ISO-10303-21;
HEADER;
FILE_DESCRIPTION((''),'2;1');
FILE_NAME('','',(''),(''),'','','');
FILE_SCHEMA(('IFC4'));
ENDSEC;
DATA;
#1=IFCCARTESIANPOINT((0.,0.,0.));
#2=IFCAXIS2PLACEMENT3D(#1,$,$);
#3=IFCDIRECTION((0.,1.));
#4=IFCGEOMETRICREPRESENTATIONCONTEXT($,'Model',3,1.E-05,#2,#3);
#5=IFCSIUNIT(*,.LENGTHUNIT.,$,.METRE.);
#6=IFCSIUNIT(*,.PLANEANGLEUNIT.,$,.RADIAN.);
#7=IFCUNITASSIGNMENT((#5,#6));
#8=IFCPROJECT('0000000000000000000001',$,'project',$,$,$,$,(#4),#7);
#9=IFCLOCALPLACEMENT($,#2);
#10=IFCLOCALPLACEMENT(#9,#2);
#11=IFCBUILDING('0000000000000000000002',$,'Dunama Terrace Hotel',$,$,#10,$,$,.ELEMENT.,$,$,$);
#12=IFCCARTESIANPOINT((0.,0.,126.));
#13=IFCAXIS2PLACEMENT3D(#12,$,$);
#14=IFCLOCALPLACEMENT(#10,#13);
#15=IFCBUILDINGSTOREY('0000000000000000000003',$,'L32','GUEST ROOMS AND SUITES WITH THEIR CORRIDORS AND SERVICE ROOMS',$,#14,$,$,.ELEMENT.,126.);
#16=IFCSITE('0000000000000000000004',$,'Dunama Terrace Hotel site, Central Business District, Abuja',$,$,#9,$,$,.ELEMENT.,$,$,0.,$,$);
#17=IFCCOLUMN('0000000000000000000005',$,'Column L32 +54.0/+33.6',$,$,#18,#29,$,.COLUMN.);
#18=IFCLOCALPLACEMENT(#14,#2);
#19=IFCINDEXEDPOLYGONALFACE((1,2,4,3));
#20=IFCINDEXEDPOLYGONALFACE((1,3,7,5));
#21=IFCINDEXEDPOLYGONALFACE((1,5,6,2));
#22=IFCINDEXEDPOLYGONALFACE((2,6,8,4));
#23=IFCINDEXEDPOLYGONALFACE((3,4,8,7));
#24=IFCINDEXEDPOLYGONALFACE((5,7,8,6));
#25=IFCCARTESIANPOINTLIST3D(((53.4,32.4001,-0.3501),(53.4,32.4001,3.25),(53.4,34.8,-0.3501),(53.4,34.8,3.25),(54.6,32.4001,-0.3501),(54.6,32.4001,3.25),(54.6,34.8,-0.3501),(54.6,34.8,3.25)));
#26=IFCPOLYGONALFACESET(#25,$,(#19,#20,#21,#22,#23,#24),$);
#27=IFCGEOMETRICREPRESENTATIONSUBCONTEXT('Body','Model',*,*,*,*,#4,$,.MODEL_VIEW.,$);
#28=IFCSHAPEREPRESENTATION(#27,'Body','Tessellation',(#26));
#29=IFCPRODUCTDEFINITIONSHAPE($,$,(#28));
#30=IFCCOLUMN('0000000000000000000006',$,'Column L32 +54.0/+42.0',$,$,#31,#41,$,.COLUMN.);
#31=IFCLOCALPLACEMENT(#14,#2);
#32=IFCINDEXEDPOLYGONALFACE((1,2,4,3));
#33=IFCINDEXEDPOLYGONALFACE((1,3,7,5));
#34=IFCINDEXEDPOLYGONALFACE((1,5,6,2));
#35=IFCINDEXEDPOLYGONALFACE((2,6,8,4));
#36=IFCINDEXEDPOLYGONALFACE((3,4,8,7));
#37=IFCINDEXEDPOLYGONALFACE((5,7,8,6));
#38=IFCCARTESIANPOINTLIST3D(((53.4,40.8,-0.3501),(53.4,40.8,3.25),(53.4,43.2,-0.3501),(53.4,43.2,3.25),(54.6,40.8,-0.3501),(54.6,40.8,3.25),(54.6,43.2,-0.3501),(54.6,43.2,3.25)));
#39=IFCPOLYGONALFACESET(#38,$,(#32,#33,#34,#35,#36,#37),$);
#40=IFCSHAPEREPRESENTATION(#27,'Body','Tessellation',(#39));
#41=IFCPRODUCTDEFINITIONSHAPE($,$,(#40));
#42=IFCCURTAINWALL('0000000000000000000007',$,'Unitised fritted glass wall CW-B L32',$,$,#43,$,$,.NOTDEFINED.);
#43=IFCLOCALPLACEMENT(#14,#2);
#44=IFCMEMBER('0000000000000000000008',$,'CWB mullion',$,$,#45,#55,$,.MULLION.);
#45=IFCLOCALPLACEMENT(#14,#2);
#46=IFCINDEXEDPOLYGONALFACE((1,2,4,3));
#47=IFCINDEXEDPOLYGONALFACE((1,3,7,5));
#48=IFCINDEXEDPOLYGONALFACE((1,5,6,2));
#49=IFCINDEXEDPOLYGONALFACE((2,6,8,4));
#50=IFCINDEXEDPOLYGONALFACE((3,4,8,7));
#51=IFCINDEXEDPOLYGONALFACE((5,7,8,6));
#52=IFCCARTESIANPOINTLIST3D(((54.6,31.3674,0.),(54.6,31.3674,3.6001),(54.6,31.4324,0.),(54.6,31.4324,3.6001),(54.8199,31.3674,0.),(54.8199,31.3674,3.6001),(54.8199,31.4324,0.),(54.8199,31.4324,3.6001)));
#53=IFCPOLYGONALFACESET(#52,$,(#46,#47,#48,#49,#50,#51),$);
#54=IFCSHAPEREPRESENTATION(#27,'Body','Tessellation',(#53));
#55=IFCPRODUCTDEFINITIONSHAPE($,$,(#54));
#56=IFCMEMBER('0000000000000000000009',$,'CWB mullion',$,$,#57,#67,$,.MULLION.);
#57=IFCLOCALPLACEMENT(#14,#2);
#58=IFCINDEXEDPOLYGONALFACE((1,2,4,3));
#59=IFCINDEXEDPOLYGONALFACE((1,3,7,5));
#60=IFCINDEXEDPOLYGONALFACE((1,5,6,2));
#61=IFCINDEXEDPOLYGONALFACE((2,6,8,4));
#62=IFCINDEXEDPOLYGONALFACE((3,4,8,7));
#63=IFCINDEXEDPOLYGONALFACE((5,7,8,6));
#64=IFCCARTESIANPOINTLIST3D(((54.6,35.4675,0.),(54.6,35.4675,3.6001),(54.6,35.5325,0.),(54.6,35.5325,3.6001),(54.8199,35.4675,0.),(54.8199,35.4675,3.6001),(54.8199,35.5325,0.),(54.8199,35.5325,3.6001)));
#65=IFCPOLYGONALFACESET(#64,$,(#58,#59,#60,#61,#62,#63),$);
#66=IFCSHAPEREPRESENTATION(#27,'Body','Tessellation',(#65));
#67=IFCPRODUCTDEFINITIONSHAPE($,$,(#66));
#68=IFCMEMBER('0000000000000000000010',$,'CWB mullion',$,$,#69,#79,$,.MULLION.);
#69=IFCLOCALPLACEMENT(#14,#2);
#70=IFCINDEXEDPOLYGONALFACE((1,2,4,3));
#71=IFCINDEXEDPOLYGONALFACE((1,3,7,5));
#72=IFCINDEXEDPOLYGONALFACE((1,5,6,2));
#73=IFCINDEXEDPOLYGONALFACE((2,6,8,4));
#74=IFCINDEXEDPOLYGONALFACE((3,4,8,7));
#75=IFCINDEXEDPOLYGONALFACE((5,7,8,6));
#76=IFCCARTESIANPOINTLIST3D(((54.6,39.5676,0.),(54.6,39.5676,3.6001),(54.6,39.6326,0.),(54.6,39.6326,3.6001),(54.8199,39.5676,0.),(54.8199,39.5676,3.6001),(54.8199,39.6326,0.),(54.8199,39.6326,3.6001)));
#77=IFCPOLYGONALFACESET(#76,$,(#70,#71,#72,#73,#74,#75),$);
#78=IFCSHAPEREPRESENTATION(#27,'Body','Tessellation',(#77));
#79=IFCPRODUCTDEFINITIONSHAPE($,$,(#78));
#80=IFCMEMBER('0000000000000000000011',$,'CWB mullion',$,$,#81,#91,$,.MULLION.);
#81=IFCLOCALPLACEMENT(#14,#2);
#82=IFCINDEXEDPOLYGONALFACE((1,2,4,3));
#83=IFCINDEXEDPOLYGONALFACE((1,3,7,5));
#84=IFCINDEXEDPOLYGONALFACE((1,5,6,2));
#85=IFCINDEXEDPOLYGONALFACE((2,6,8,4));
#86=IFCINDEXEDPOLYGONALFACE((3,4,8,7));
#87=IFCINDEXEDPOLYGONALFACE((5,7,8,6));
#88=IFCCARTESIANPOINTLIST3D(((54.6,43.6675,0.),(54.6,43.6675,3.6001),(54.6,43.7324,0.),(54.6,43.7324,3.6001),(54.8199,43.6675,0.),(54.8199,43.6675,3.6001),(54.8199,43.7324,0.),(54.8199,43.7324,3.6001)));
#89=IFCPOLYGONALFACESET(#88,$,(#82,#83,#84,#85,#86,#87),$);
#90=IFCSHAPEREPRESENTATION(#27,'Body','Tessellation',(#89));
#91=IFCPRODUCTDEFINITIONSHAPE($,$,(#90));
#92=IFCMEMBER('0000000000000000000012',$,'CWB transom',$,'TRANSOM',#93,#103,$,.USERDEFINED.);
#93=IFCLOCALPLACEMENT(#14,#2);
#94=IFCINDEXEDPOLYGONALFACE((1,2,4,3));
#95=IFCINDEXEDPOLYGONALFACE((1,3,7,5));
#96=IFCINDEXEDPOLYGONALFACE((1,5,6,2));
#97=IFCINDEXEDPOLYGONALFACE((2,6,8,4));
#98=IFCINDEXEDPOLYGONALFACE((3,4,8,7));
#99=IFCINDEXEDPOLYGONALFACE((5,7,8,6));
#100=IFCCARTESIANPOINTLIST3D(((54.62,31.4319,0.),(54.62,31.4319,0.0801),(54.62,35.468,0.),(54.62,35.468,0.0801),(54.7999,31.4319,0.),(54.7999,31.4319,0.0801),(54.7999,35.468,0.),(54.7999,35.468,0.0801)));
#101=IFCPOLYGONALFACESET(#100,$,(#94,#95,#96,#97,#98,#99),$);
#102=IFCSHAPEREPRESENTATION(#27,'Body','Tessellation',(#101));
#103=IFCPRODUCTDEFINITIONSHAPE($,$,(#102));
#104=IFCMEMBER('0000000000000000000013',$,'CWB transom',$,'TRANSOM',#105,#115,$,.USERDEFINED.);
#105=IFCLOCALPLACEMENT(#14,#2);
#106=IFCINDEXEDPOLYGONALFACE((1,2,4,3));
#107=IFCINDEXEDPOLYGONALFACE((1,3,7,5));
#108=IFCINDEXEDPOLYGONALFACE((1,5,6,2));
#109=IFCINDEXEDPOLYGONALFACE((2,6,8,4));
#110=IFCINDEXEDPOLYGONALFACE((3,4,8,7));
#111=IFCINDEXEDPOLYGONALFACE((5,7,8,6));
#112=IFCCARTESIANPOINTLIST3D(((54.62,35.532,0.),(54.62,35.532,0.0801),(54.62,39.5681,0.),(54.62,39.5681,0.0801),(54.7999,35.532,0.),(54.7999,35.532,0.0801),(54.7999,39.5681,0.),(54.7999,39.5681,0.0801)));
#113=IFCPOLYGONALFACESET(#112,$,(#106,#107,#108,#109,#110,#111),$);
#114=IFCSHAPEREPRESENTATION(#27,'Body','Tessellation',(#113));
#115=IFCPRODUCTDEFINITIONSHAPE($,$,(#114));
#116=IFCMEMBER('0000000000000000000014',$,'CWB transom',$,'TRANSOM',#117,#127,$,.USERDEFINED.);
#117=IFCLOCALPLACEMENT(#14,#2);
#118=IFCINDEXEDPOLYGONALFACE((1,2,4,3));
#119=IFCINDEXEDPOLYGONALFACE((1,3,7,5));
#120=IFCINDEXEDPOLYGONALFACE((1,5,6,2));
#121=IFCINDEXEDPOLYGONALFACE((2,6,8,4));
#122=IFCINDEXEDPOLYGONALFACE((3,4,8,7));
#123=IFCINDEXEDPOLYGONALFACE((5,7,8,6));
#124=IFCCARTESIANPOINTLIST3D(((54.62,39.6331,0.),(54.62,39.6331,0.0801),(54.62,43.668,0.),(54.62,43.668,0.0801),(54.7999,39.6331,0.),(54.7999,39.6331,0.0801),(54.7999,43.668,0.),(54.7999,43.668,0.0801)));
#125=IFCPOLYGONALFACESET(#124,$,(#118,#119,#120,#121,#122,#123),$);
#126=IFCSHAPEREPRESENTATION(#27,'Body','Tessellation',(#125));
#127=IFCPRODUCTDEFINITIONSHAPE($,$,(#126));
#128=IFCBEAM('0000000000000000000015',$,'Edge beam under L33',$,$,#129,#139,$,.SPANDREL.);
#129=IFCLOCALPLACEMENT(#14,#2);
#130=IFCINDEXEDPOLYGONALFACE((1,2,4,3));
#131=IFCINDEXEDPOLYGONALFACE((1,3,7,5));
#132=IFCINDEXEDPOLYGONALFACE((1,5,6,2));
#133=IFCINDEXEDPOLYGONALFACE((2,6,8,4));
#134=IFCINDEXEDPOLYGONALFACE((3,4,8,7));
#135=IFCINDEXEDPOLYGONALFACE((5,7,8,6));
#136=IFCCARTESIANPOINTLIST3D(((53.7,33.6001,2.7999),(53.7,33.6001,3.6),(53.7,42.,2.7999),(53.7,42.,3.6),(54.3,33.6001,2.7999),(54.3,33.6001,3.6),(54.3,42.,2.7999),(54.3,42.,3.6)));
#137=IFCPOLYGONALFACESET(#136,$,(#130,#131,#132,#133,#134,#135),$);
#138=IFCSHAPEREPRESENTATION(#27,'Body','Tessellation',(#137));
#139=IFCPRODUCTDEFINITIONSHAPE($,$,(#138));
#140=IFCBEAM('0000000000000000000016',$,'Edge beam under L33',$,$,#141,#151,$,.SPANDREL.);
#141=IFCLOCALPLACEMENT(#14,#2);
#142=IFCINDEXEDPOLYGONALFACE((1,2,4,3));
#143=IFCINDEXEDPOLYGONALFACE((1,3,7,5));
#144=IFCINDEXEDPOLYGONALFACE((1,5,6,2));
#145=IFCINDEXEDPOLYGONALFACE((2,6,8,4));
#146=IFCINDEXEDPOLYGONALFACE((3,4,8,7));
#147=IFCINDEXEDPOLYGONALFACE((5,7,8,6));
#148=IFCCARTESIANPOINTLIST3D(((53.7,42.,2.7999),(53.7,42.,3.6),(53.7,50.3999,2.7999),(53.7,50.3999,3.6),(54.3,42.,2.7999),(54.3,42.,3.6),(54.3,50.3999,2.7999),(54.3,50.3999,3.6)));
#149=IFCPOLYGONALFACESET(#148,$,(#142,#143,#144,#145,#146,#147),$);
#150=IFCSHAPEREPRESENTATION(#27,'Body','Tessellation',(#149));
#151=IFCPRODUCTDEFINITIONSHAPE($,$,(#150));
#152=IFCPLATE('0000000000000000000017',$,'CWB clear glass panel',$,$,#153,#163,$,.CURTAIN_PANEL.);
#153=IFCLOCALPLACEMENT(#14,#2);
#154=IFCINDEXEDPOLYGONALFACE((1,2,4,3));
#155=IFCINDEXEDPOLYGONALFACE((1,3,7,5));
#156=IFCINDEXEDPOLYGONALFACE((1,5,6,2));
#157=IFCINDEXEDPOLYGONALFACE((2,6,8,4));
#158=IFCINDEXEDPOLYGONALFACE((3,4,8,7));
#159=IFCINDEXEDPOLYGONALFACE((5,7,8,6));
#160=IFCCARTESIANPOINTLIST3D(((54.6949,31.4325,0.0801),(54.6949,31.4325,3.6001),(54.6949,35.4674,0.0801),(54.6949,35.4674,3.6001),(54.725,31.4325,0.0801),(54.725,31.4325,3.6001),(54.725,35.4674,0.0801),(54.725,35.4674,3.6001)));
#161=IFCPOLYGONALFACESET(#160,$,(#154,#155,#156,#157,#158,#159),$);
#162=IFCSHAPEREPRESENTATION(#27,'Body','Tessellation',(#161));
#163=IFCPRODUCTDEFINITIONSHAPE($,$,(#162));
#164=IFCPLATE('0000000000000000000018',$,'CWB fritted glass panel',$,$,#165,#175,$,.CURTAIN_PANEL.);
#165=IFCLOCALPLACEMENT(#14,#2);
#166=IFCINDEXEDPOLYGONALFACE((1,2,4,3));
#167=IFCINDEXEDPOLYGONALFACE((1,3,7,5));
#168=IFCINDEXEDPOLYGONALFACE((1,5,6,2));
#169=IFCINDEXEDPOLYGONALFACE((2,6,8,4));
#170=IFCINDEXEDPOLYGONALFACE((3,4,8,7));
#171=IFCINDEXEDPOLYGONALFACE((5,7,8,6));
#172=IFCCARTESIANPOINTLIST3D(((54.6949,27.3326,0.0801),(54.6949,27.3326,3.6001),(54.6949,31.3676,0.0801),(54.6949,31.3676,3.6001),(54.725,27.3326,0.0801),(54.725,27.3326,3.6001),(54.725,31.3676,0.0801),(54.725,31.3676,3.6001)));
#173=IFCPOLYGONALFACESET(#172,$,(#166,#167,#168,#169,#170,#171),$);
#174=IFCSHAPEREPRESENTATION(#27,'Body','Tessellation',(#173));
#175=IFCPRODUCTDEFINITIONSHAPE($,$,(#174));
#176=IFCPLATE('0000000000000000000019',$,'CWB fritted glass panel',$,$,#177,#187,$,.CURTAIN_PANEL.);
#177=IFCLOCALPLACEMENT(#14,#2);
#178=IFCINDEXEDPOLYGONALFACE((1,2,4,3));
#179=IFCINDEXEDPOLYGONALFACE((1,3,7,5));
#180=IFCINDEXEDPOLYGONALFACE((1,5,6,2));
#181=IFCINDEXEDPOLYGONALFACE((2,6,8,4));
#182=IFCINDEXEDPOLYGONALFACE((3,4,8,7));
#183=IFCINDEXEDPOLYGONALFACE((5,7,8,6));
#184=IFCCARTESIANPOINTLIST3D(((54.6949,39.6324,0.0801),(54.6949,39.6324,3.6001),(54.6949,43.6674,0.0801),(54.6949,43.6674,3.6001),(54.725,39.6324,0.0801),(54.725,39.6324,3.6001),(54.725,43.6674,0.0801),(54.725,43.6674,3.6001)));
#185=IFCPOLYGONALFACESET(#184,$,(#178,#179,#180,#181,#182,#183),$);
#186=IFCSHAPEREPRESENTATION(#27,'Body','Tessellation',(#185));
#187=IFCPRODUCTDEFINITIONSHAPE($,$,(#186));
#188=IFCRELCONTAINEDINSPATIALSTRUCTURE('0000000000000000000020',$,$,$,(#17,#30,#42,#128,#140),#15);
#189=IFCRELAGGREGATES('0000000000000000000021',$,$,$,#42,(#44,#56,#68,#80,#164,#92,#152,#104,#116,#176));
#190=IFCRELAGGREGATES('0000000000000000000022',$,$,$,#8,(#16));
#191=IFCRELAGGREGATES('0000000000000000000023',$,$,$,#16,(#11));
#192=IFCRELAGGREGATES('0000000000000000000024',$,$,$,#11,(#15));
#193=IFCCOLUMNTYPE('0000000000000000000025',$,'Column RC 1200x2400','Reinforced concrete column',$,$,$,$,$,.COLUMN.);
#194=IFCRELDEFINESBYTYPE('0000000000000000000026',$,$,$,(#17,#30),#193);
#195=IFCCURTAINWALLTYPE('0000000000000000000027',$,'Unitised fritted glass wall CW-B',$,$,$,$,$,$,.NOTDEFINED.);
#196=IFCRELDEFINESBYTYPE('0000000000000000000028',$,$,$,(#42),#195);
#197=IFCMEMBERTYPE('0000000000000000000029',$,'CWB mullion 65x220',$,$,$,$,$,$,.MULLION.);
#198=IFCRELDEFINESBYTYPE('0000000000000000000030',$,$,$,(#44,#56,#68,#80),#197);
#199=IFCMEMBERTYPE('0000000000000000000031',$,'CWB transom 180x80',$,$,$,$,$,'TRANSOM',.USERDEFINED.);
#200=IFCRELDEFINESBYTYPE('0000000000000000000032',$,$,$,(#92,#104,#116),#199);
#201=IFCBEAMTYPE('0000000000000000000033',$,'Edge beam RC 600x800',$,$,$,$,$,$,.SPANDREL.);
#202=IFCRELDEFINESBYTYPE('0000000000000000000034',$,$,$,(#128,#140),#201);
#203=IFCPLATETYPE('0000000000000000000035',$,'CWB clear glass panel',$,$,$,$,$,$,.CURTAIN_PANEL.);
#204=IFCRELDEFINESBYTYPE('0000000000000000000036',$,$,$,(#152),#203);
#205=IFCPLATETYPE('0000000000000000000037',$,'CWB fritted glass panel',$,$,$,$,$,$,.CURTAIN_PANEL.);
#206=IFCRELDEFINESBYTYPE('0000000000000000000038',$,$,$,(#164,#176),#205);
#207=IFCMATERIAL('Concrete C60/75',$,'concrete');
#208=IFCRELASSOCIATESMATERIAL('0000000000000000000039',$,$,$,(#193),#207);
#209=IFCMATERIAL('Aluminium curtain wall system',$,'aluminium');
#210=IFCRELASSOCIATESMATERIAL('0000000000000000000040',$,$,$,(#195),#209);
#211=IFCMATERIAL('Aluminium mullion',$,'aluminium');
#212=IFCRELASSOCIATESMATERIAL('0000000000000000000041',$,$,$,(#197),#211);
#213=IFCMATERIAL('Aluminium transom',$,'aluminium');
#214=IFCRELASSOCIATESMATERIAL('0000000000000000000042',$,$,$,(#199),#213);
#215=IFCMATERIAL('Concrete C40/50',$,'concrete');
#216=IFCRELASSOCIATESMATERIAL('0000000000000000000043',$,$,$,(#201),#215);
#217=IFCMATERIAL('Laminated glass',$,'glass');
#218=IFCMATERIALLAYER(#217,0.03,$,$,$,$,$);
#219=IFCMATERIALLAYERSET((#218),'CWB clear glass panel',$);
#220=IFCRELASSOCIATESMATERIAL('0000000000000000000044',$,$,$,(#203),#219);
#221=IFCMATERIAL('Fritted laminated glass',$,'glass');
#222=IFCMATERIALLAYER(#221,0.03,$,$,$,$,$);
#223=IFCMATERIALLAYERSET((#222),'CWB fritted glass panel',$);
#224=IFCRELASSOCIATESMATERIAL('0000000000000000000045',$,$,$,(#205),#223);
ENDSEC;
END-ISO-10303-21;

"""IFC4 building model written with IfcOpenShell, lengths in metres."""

from ifc_helpers import new_model, si_unit, direction, frame, origin, origin_2d, place, context, subcontext, project, spatial, rectangle, extrude, material, layer, layer_set, material_profile, profile_set, type_object, element, aggregate, save


model = new_model("IFC4")

# Units and contexts
model_context = context("Model", 3, precision=1e-05, world=origin(), true_north=direction((0.0, 1.0)))
body_context = subcontext(model_context, "Body", "Model", "MODEL_VIEW")
ifc_project = project(units=[si_unit("LENGTHUNIT", "METRE"), si_unit("PLANEANGLEUNIT", "RADIAN")], contexts=[model_context])

# Site, building, storey
site_placement = place(None, origin())
site = spatial("IfcSite", under=ifc_project, at=site_placement, Name="Dunama Terrace Hotel site, Central Business District, Abuja", CompositionType="ELEMENT", RefElevation=0.0)
building_placement = place(site_placement, origin())
building = spatial("IfcBuilding", under=site, at=building_placement, Name="Dunama Terrace Hotel", CompositionType="ELEMENT")
storey_placement = place(building_placement, frame((0.0, 0.0, 126.0)))
storey = spatial("IfcBuildingStorey", under=building, at=storey_placement, Name="L32", Description="GUEST ROOMS AND SUITES WITH THEIR CORRIDORS AND SERVICE ROOMS", CompositionType="ELEMENT", Elevation=126.0)

# Columns
ifc_material_1 = material(Name="Concrete C60/75", Category="concrete")
ifc_material_profile_1 = material_profile(ifc_material_1, rectangle(XDim=1.2, YDim=2.3999, at=origin_2d()), Name="RC 1200x2400")
ifc_profile_set_1 = profile_set([ifc_material_profile_1], Name="Concrete C60/75")
column_type = type_object("IfcColumnType", Name="Column RC 1200x2400", Description="Reinforced concrete column", PredefinedType="COLUMN", material=ifc_profile_set_1)
for number, where, z_axis, x_axis, name in (
    (1, (54.0, 33.6001, -0.3501), (0.0, 0.0, 1.0), (1.0, 0.0, 0.0), "Column L32 +54.0/+33.6"),
    (2, (54.0, 42.0, -0.3501), (0.0, 0.0, 1.0), (1.0, 0.0, 0.0), "Column L32 +54.0/+42.0"),
):
    element("IfcColumn", number, at=place(storey_placement, frame(where, z_axis=z_axis, x_axis=x_axis)), inside=storey, type_object=column_type, Name=name, PredefinedType="COLUMN", context=body_context, shape_type="SweptSolid", body=[
        extrude(rectangle(XDim=1.2, YDim=2.3999, at=origin_2d()), origin(), (0.0, 0.0, 1.0), 3.6001),
    ])

# Curtain wall, members
ifc_material_2 = material(Name="Aluminium curtain wall system", Category="aluminium")
curtain_wall_type = type_object("IfcCurtainWallType", Name="Unitised fritted glass wall CW-B", PredefinedType="NOTDEFINED", material=ifc_material_2)
curtain_wall_placement = place(storey_placement, origin())
curtain_wall = element("IfcCurtainWall", 3, at=curtain_wall_placement, inside=storey, type_object=curtain_wall_type, Name="Unitised fritted glass wall CW-B L32", PredefinedType="NOTDEFINED")
ifc_material_3 = material(Name="Aluminium mullion", Category="aluminium")
ifc_material_profile_2 = material_profile(ifc_material_3, rectangle(XDim=0.0649, YDim=0.22, at=origin_2d()), Name="CWB MULLION 65X220")
ifc_profile_set_2 = profile_set([ifc_material_profile_2], Name="Aluminium mullion")
member_type_1 = type_object("IfcMemberType", Name="CWB mullion 65x220", PredefinedType="MULLION", material=ifc_profile_set_2)
member_1_placement = place(storey_placement, frame((54.71, 31.3999, 0.0), z_axis=(0.0, 0.0, 1.0), x_axis=(0.0, 1.0, 0.0)))
member_1 = element("IfcMember", 4, at=member_1_placement, type_object=member_type_1, Name="CWB mullion", PredefinedType="MULLION", context=body_context, shape_type="SweptSolid", body=[
    extrude(rectangle(XDim=0.0649, YDim=0.22, at=origin_2d()), origin(), (0.0, 0.0, 1.0), 3.6001),
])
member_2_placement = place(storey_placement, frame((54.71, 35.5, 0.0), z_axis=(0.0, 0.0, 1.0), x_axis=(0.0, 1.0, 0.0)))
member_2 = element("IfcMember", 5, at=member_2_placement, type_object=member_type_1, Name="CWB mullion", PredefinedType="MULLION", context=body_context, shape_type="SweptSolid", body=[
    extrude(rectangle(XDim=0.0649, YDim=0.22, at=origin_2d()), origin(), (0.0, 0.0, 1.0), 3.6001),
])
member_3_placement = place(storey_placement, frame((54.71, 39.6001, 0.0), z_axis=(0.0, 0.0, 1.0), x_axis=(0.0, 1.0, 0.0)))
member_3 = element("IfcMember", 6, at=member_3_placement, type_object=member_type_1, Name="CWB mullion", PredefinedType="MULLION", context=body_context, shape_type="SweptSolid", body=[
    extrude(rectangle(XDim=0.0649, YDim=0.22, at=origin_2d()), origin(), (0.0, 0.0, 1.0), 3.6001),
])
member_4_placement = place(storey_placement, frame((54.71, 43.7, 0.0), z_axis=(0.0, 0.0, 1.0), x_axis=(0.0, 1.0, 0.0)))
member_4 = element("IfcMember", 7, at=member_4_placement, type_object=member_type_1, Name="CWB mullion", PredefinedType="MULLION", context=body_context, shape_type="SweptSolid", body=[
    extrude(rectangle(XDim=0.0649, YDim=0.22, at=origin_2d()), origin(), (0.0, 0.0, 1.0), 3.6001),
])
ifc_material_4 = material(Name="Aluminium transom", Category="aluminium")
ifc_material_profile_3 = material_profile(ifc_material_4, rectangle(XDim=0.1799, YDim=0.0801, at=origin_2d()), Name="CWB TRANSOM 180X80")
ifc_profile_set_3 = profile_set([ifc_material_profile_3], Name="Aluminium transom")
member_type_2 = type_object("IfcMemberType", Name="CWB transom 180x80", ElementType="TRANSOM", PredefinedType="USERDEFINED", material=ifc_profile_set_3)
member_5_placement = place(storey_placement, frame((54.71, 31.4319, 0.04), z_axis=(0.0, 1.0, 0.0), x_axis=(-1.0, 0.0, 0.0)))
member_5 = element("IfcMember", 8, at=member_5_placement, type_object=member_type_2, Name="CWB transom", ObjectType="TRANSOM", PredefinedType="USERDEFINED", context=body_context, shape_type="SweptSolid", body=[
    extrude(rectangle(XDim=0.1799, YDim=0.0801, at=origin_2d()), origin(), (0.0, 0.0, 1.0), 4.0361),
])
member_6_placement = place(storey_placement, frame((54.71, 35.532, 0.04), z_axis=(0.0, 1.0, 0.0), x_axis=(-1.0, 0.0, 0.0)))
member_6 = element("IfcMember", 9, at=member_6_placement, type_object=member_type_2, Name="CWB transom", ObjectType="TRANSOM", PredefinedType="USERDEFINED", context=body_context, shape_type="SweptSolid", body=[
    extrude(rectangle(XDim=0.1799, YDim=0.0801, at=origin_2d()), origin(), (0.0, 0.0, 1.0), 4.0361),
])
member_7_placement = place(storey_placement, frame((54.71, 39.6331, 0.04), z_axis=(0.0, 1.0, 0.0), x_axis=(-1.0, 0.0, 0.0)))
member_7 = element("IfcMember", 10, at=member_7_placement, type_object=member_type_2, Name="CWB transom", ObjectType="TRANSOM", PredefinedType="USERDEFINED", context=body_context, shape_type="SweptSolid", body=[
    extrude(rectangle(XDim=0.1799, YDim=0.0801, at=origin_2d()), origin(), (0.0, 0.0, 1.0), 4.0349),
])

# Beams
ifc_material_5 = material(Name="Concrete C40/50", Category="concrete")
ifc_material_profile_4 = material_profile(ifc_material_5, rectangle(XDim=0.6001, YDim=0.8, at=origin_2d()), Name="RC 600x800")
ifc_profile_set_4 = profile_set([ifc_material_profile_4], Name="Concrete C40/50")
beam_type = type_object("IfcBeamType", Name="Edge beam RC 600x800", PredefinedType="SPANDREL", material=ifc_profile_set_4)
for number, where, z_axis, x_axis, name in (
    (11, (54.0, 33.6001, 3.2), (0.0, 1.0, 0.0), (-1.0, 0.0, 0.0), "Edge beam under L33"),
    (12, (54.0, 42.0, 3.2), (0.0, 1.0, 0.0), (-1.0, 0.0, 0.0), "Edge beam under L33"),
):
    element("IfcBeam", number, at=place(storey_placement, frame(where, z_axis=z_axis, x_axis=x_axis)), inside=storey, type_object=beam_type, Name=name, PredefinedType="SPANDREL", context=body_context, shape_type="SweptSolid", body=[
        extrude(rectangle(XDim=0.6001, YDim=0.8, at=origin_2d()), origin(), (0.0, 0.0, 1.0), 8.3999),
    ])

# Plates
ifc_material_6 = material(Name="Laminated glass", Category="glass")
ifc_layer_1 = layer(ifc_material_6, 0.03)
ifc_layer_set_1 = layer_set([ifc_layer_1], Name="CWB clear glass panel")
plate_type_1 = type_object("IfcPlateType", Name="CWB clear glass panel", PredefinedType="CURTAIN_PANEL", material=ifc_layer_set_1)
plate_1_placement = place(storey_placement, frame((54.71, 33.45, 0.0801), z_axis=(0.0, 0.0, 1.0), x_axis=(0.0, 1.0, 0.0)))
plate_1 = element("IfcPlate", 13, at=plate_1_placement, type_object=plate_type_1, Name="CWB clear glass panel", PredefinedType="CURTAIN_PANEL", context=body_context, shape_type="SweptSolid", body=[
    extrude(rectangle(XDim=4.0349, YDim=0.03, at=origin_2d()), origin(), (0.0, 0.0, 1.0), 3.52),
])
ifc_material_7 = material(Name="Fritted laminated glass", Category="glass")
ifc_layer_2 = layer(ifc_material_7, 0.03)
ifc_layer_set_2 = layer_set([ifc_layer_2], Name="CWB fritted glass panel")
plate_type_2 = type_object("IfcPlateType", Name="CWB fritted glass panel", PredefinedType="CURTAIN_PANEL", material=ifc_layer_set_2)
plate_2_placement = place(storey_placement, frame((54.71, 29.3501, 0.0801), z_axis=(0.0, 0.0, 1.0), x_axis=(0.0, 1.0, 0.0)))
plate_2 = element("IfcPlate", 14, at=plate_2_placement, type_object=plate_type_2, Name="CWB fritted glass panel", PredefinedType="CURTAIN_PANEL", context=body_context, shape_type="SweptSolid", body=[
    extrude(rectangle(XDim=4.0349, YDim=0.03, at=origin_2d()), origin(), (0.0, 0.0, 1.0), 3.52),
])
plate_3_placement = place(storey_placement, frame((54.71, 41.6499, 0.0801), z_axis=(0.0, 0.0, 1.0), x_axis=(0.0, 1.0, 0.0)))
plate_3 = element("IfcPlate", 15, at=plate_3_placement, type_object=plate_type_2, Name="CWB fritted glass panel", PredefinedType="CURTAIN_PANEL", context=body_context, shape_type="SweptSolid", body=[
    extrude(rectangle(XDim=4.0349, YDim=0.03, at=origin_2d()), origin(), (0.0, 0.0, 1.0), 3.52),
])
aggregate(curtain_wall, [member_1, member_2, member_3, member_4, plate_2, member_5, plate_1, member_6, member_7, plate_3])

save(model, "model.ifc")
